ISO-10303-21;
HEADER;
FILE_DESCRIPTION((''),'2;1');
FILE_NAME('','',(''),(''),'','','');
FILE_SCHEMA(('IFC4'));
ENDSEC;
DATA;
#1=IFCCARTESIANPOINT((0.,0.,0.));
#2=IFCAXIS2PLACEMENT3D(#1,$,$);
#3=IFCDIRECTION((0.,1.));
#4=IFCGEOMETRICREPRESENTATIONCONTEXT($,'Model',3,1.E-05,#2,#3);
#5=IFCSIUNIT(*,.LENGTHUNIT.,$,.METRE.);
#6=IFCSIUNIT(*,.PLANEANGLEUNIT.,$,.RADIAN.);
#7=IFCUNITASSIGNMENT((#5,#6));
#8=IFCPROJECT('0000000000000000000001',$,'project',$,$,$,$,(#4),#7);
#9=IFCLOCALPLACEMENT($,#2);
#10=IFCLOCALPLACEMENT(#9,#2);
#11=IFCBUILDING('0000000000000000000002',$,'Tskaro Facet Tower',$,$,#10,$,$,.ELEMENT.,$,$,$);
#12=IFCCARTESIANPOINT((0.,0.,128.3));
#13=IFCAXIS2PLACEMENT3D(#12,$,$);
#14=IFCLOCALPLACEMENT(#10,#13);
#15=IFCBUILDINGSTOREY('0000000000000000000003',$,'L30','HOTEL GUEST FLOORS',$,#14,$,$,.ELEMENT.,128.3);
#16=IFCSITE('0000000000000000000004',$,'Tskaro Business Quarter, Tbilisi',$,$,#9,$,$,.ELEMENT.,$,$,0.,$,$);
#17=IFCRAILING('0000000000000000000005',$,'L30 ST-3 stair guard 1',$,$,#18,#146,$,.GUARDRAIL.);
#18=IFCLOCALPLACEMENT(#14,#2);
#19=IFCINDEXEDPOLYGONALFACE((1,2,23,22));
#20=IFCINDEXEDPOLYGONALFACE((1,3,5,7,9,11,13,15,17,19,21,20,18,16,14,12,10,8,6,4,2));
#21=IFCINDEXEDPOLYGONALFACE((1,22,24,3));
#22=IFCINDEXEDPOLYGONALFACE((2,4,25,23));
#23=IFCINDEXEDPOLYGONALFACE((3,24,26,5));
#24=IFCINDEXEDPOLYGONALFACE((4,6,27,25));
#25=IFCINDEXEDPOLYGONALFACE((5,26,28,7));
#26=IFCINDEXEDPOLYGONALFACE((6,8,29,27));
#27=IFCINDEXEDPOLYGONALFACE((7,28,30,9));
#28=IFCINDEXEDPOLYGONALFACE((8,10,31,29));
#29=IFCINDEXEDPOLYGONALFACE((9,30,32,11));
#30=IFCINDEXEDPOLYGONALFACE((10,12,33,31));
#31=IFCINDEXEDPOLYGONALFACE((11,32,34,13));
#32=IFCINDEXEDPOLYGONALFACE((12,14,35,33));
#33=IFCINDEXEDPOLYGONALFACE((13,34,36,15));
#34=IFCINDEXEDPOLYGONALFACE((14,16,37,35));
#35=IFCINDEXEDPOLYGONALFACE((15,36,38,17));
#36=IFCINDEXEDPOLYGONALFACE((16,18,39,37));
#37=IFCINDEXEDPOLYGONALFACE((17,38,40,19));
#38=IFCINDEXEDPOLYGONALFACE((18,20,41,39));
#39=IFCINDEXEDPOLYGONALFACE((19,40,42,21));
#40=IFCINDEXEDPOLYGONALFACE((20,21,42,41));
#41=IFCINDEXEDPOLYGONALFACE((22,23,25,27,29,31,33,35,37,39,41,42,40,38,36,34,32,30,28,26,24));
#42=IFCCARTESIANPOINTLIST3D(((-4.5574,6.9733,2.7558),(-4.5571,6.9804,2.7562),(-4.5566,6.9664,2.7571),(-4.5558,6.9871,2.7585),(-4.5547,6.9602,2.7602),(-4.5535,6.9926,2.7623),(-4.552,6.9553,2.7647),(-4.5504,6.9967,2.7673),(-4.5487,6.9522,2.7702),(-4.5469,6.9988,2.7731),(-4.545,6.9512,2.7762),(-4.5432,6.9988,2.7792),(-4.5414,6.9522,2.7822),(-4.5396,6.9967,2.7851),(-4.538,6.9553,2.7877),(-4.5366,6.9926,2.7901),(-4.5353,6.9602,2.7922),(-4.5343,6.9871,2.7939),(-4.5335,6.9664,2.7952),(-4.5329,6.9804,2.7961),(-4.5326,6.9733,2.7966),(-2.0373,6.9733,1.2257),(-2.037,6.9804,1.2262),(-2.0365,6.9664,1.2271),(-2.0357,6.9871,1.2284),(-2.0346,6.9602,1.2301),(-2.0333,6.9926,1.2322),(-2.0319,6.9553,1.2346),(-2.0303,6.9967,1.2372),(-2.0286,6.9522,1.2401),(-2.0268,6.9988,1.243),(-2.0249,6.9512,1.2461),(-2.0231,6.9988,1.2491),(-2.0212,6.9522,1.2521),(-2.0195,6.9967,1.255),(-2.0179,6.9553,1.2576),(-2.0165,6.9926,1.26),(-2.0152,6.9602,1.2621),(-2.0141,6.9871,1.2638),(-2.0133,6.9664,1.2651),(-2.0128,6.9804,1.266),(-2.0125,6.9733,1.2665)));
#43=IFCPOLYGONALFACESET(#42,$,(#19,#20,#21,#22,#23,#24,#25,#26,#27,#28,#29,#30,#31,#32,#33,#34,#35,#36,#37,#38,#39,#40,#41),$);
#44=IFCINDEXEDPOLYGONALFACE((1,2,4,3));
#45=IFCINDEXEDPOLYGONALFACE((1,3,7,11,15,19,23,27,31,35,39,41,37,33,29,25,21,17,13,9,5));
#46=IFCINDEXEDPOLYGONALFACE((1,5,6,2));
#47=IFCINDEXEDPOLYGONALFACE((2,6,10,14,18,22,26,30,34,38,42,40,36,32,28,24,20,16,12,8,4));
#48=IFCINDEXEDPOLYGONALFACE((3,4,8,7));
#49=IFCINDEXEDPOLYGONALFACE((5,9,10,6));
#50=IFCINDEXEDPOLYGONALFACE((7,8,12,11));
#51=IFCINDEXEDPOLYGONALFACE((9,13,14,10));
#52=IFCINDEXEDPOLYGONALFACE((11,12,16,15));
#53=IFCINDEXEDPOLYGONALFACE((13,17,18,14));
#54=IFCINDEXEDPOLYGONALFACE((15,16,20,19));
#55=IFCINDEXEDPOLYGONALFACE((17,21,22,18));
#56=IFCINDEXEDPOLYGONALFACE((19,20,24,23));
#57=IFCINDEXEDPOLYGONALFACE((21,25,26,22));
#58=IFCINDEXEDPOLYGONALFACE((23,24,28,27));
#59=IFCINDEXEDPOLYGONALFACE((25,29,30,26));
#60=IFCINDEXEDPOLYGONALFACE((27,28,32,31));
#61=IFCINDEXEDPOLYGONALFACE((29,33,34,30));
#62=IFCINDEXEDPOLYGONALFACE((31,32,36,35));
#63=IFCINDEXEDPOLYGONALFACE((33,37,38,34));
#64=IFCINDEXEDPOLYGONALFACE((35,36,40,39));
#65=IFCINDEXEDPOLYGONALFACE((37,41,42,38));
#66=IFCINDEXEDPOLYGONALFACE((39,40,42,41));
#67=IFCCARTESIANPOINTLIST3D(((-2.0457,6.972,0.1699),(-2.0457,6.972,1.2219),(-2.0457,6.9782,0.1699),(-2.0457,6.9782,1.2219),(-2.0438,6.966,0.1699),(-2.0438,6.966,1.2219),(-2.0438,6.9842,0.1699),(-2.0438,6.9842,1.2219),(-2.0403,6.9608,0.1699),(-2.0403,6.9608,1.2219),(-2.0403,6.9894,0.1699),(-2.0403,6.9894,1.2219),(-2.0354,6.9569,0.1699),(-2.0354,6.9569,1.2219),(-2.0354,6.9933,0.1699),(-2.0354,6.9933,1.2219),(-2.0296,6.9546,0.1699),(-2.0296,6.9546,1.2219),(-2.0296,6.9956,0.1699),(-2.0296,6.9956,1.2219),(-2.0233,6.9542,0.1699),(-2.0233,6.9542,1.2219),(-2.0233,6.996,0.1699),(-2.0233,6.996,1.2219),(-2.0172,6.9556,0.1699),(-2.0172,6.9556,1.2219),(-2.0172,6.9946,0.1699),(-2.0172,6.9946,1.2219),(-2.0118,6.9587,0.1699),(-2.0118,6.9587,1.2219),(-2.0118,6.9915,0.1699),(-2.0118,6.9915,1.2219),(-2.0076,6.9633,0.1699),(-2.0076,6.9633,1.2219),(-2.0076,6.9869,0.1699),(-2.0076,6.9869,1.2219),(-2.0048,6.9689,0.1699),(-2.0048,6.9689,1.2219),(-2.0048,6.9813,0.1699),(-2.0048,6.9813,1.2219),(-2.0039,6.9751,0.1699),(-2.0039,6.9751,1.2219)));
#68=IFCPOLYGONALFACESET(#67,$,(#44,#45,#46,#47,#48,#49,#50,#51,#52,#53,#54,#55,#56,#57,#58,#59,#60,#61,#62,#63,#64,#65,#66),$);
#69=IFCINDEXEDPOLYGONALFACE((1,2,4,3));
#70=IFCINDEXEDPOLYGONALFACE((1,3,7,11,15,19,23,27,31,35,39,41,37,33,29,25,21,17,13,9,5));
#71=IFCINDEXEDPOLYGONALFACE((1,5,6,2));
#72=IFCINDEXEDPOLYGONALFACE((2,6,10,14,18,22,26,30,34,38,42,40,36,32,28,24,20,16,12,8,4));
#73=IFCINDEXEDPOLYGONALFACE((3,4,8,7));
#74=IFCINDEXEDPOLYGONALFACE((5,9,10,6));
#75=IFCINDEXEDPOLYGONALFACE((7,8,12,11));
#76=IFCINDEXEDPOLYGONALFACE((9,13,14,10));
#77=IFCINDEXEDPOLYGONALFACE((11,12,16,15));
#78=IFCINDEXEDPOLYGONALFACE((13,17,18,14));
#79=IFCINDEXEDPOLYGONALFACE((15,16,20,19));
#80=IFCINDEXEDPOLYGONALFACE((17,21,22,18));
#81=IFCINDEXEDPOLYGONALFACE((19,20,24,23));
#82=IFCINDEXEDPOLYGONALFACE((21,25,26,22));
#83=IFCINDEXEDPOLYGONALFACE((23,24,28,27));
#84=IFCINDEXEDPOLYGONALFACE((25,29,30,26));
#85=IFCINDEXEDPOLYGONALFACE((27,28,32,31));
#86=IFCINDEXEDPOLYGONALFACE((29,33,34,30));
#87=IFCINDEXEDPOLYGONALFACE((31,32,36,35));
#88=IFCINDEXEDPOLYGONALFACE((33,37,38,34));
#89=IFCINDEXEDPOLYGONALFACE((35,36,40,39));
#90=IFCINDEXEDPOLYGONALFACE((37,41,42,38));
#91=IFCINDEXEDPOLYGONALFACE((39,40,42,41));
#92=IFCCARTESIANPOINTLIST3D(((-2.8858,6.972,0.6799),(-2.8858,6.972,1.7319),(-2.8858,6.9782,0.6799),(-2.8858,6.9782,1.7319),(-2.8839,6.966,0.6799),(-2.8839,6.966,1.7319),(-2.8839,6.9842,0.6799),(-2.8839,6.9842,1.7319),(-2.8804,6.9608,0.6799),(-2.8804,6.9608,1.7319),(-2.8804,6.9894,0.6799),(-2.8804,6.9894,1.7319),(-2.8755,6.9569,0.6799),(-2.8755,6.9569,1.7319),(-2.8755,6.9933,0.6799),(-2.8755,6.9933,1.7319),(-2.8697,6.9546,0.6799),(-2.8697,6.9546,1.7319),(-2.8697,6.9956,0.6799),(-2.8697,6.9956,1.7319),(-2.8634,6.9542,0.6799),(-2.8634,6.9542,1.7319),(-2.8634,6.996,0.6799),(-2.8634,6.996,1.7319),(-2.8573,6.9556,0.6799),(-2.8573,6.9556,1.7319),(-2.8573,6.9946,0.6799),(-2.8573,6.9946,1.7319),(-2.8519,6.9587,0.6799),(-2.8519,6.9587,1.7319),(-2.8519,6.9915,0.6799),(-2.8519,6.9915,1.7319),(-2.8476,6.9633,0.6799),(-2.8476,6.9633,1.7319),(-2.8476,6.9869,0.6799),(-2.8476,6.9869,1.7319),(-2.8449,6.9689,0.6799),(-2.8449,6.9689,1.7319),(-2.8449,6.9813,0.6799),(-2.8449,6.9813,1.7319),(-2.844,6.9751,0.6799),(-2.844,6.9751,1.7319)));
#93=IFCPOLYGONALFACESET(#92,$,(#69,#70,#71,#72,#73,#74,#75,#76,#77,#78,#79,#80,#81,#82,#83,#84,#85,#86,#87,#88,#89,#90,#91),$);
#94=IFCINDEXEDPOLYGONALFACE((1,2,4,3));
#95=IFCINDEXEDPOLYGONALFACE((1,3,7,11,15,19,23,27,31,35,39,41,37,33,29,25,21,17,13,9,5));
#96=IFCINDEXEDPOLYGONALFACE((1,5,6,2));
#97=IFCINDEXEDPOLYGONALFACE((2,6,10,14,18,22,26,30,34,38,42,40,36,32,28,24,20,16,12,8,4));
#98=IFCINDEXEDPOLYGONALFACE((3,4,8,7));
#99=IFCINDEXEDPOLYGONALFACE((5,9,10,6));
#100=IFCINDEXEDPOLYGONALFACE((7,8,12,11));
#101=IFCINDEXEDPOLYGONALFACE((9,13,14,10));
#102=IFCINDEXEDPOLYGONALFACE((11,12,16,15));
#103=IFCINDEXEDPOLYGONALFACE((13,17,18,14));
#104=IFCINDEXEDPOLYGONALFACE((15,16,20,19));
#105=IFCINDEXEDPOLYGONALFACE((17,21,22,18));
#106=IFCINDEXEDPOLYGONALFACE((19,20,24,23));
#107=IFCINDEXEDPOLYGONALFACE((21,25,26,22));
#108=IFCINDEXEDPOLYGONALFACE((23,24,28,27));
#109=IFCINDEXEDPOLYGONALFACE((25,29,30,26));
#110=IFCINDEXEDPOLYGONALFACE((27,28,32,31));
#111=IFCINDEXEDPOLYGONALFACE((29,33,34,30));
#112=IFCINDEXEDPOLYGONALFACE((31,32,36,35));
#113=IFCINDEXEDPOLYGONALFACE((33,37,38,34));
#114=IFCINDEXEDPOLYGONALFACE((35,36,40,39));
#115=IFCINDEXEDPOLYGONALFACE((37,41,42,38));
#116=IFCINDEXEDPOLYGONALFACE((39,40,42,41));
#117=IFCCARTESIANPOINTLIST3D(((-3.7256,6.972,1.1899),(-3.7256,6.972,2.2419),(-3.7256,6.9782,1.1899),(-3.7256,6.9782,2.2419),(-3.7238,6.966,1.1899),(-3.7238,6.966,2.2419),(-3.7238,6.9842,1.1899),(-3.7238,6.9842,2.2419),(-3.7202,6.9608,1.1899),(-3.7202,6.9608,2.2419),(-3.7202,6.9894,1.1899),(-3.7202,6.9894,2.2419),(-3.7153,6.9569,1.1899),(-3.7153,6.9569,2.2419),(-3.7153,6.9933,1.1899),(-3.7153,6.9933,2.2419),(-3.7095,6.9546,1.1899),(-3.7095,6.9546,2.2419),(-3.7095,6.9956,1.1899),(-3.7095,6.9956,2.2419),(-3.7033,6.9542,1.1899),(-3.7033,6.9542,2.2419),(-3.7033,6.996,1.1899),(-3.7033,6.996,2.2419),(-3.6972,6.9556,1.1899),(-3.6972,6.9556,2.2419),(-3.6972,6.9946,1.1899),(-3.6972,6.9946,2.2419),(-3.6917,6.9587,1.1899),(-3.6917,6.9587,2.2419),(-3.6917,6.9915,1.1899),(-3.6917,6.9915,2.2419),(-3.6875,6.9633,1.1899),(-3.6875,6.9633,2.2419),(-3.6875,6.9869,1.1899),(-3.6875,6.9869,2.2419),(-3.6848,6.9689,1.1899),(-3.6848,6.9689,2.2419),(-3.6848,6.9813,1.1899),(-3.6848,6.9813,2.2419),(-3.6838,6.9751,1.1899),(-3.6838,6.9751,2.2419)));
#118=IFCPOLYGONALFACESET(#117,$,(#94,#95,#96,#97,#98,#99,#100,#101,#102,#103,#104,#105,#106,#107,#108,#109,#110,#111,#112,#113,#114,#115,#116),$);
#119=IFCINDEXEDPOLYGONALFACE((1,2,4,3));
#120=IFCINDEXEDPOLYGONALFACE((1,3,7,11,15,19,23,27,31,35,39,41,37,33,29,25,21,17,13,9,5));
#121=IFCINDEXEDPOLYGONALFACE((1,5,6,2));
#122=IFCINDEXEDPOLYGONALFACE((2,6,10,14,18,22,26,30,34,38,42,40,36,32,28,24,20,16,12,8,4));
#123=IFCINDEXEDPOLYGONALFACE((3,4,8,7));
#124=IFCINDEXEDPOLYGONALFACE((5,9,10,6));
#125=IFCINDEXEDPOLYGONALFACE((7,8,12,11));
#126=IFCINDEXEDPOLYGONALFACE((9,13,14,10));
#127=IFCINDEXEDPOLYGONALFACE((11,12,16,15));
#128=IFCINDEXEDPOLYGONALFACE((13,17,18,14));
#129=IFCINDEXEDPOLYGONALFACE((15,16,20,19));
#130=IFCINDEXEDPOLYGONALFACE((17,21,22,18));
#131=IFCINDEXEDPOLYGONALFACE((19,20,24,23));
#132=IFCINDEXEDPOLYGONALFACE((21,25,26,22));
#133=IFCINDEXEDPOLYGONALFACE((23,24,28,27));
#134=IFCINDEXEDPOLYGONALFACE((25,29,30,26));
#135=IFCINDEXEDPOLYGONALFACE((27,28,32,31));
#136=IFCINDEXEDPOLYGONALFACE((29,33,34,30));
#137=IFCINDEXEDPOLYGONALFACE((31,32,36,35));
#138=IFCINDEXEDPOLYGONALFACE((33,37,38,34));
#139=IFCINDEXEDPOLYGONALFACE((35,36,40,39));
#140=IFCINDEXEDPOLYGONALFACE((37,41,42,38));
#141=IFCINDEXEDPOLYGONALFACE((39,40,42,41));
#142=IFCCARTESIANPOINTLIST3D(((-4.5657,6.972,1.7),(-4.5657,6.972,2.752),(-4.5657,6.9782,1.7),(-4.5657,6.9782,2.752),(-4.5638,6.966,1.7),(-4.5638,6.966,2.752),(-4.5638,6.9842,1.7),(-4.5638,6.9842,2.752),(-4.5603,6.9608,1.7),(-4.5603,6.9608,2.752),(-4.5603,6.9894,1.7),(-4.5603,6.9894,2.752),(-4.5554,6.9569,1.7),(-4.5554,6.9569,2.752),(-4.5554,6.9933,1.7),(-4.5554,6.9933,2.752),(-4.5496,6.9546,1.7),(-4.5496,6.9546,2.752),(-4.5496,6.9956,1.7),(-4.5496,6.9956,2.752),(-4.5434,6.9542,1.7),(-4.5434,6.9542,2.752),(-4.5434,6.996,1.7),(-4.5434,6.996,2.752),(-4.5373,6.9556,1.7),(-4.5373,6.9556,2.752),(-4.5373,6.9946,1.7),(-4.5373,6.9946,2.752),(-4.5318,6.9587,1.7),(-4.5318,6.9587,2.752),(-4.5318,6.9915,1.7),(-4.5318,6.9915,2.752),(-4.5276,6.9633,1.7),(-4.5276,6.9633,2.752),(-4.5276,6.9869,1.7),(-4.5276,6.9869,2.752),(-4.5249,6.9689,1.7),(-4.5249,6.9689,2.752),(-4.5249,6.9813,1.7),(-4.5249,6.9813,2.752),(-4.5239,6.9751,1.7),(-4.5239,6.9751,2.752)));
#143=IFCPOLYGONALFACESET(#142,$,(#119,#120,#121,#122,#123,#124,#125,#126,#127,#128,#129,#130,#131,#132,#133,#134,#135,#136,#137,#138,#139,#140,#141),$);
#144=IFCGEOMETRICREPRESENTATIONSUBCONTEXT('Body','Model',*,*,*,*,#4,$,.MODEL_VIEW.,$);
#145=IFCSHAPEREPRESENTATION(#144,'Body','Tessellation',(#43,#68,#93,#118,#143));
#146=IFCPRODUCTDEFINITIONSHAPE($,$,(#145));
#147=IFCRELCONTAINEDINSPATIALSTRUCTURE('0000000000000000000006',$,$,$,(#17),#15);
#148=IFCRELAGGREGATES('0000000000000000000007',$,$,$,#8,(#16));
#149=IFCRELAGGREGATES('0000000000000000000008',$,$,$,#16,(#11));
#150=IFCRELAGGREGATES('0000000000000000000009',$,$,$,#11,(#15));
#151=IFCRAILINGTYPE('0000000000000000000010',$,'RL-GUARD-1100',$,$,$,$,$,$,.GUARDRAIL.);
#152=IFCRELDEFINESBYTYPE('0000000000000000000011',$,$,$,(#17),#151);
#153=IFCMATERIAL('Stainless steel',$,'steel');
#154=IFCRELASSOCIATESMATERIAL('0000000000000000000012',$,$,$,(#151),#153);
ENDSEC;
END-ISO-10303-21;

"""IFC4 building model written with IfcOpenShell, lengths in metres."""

from ifc_helpers import new_model, si_unit, direction, frame, origin, origin_2d, place, context, subcontext, project, spatial, circle, extrude, material, type_object, element, save


model = new_model("IFC4")

# Units and contexts
model_context = context("Model", 3, precision=1e-05, world=origin(), true_north=direction((0.0, 1.0)))
body_context = subcontext(model_context, "Body", "Model", "MODEL_VIEW")
ifc_project = project(units=[si_unit("LENGTHUNIT", "METRE"), si_unit("PLANEANGLEUNIT", "RADIAN")], contexts=[model_context])

# Site, building, storey
site_placement = place(None, origin())
site = spatial("IfcSite", under=ifc_project, at=site_placement, Name="Tskaro Business Quarter, Tbilisi", CompositionType="ELEMENT", RefElevation=0.0)
building_placement = place(site_placement, origin())
building = spatial("IfcBuilding", under=site, at=building_placement, Name="Tskaro Facet Tower", CompositionType="ELEMENT")
storey_placement = place(building_placement, frame((0.0, 0.0, 128.3)))
storey = spatial("IfcBuildingStorey", under=building, at=storey_placement, Name="L30", Description="HOTEL GUEST FLOORS", CompositionType="ELEMENT", Elevation=128.3)

# Railing
ifc_material_1 = material(Name="Stainless steel", Category="steel")
railing_type_1 = type_object("IfcRailingType", Name="RL-GUARD-1100", PredefinedType="GUARDRAIL", material=ifc_material_1)
railing_1_placement = place(storey_placement, frame((-2.0249, 6.9751, 0.1699)))
element("IfcRailing", 1, at=railing_1_placement, inside=storey, type_object=railing_type_1, Name="L30 ST-3 stair guard 1", PredefinedType="GUARDRAIL", context=body_context, shape_type="SweptSolid", body=[
    extrude(circle(Radius=0.0239, at=origin_2d()), frame((0.0, 0.0, 1.0762), z_axis=(-0.854785, 0.0, 0.518982), x_axis=(0.0, -1.0, 0.0)), (0.0, 0.0, 1.0), 2.9482),
    extrude(circle(Radius=0.021, at=origin_2d()), origin(), (0.0, 0.0, 1.0), 1.052),
    extrude(circle(Radius=0.021, at=origin_2d()), frame((-0.8401, 0.0, 0.51)), (0.0, 0.0, 1.0), 1.052),
    extrude(circle(Radius=0.021, at=origin_2d()), frame((-1.6799, 0.0, 1.02)), (0.0, 0.0, 1.0), 1.052),
    extrude(circle(Radius=0.021, at=origin_2d()), frame((-2.52, 0.0, 1.53)), (0.0, 0.0, 1.0), 1.052),
])

save(model, "model.ifc")
